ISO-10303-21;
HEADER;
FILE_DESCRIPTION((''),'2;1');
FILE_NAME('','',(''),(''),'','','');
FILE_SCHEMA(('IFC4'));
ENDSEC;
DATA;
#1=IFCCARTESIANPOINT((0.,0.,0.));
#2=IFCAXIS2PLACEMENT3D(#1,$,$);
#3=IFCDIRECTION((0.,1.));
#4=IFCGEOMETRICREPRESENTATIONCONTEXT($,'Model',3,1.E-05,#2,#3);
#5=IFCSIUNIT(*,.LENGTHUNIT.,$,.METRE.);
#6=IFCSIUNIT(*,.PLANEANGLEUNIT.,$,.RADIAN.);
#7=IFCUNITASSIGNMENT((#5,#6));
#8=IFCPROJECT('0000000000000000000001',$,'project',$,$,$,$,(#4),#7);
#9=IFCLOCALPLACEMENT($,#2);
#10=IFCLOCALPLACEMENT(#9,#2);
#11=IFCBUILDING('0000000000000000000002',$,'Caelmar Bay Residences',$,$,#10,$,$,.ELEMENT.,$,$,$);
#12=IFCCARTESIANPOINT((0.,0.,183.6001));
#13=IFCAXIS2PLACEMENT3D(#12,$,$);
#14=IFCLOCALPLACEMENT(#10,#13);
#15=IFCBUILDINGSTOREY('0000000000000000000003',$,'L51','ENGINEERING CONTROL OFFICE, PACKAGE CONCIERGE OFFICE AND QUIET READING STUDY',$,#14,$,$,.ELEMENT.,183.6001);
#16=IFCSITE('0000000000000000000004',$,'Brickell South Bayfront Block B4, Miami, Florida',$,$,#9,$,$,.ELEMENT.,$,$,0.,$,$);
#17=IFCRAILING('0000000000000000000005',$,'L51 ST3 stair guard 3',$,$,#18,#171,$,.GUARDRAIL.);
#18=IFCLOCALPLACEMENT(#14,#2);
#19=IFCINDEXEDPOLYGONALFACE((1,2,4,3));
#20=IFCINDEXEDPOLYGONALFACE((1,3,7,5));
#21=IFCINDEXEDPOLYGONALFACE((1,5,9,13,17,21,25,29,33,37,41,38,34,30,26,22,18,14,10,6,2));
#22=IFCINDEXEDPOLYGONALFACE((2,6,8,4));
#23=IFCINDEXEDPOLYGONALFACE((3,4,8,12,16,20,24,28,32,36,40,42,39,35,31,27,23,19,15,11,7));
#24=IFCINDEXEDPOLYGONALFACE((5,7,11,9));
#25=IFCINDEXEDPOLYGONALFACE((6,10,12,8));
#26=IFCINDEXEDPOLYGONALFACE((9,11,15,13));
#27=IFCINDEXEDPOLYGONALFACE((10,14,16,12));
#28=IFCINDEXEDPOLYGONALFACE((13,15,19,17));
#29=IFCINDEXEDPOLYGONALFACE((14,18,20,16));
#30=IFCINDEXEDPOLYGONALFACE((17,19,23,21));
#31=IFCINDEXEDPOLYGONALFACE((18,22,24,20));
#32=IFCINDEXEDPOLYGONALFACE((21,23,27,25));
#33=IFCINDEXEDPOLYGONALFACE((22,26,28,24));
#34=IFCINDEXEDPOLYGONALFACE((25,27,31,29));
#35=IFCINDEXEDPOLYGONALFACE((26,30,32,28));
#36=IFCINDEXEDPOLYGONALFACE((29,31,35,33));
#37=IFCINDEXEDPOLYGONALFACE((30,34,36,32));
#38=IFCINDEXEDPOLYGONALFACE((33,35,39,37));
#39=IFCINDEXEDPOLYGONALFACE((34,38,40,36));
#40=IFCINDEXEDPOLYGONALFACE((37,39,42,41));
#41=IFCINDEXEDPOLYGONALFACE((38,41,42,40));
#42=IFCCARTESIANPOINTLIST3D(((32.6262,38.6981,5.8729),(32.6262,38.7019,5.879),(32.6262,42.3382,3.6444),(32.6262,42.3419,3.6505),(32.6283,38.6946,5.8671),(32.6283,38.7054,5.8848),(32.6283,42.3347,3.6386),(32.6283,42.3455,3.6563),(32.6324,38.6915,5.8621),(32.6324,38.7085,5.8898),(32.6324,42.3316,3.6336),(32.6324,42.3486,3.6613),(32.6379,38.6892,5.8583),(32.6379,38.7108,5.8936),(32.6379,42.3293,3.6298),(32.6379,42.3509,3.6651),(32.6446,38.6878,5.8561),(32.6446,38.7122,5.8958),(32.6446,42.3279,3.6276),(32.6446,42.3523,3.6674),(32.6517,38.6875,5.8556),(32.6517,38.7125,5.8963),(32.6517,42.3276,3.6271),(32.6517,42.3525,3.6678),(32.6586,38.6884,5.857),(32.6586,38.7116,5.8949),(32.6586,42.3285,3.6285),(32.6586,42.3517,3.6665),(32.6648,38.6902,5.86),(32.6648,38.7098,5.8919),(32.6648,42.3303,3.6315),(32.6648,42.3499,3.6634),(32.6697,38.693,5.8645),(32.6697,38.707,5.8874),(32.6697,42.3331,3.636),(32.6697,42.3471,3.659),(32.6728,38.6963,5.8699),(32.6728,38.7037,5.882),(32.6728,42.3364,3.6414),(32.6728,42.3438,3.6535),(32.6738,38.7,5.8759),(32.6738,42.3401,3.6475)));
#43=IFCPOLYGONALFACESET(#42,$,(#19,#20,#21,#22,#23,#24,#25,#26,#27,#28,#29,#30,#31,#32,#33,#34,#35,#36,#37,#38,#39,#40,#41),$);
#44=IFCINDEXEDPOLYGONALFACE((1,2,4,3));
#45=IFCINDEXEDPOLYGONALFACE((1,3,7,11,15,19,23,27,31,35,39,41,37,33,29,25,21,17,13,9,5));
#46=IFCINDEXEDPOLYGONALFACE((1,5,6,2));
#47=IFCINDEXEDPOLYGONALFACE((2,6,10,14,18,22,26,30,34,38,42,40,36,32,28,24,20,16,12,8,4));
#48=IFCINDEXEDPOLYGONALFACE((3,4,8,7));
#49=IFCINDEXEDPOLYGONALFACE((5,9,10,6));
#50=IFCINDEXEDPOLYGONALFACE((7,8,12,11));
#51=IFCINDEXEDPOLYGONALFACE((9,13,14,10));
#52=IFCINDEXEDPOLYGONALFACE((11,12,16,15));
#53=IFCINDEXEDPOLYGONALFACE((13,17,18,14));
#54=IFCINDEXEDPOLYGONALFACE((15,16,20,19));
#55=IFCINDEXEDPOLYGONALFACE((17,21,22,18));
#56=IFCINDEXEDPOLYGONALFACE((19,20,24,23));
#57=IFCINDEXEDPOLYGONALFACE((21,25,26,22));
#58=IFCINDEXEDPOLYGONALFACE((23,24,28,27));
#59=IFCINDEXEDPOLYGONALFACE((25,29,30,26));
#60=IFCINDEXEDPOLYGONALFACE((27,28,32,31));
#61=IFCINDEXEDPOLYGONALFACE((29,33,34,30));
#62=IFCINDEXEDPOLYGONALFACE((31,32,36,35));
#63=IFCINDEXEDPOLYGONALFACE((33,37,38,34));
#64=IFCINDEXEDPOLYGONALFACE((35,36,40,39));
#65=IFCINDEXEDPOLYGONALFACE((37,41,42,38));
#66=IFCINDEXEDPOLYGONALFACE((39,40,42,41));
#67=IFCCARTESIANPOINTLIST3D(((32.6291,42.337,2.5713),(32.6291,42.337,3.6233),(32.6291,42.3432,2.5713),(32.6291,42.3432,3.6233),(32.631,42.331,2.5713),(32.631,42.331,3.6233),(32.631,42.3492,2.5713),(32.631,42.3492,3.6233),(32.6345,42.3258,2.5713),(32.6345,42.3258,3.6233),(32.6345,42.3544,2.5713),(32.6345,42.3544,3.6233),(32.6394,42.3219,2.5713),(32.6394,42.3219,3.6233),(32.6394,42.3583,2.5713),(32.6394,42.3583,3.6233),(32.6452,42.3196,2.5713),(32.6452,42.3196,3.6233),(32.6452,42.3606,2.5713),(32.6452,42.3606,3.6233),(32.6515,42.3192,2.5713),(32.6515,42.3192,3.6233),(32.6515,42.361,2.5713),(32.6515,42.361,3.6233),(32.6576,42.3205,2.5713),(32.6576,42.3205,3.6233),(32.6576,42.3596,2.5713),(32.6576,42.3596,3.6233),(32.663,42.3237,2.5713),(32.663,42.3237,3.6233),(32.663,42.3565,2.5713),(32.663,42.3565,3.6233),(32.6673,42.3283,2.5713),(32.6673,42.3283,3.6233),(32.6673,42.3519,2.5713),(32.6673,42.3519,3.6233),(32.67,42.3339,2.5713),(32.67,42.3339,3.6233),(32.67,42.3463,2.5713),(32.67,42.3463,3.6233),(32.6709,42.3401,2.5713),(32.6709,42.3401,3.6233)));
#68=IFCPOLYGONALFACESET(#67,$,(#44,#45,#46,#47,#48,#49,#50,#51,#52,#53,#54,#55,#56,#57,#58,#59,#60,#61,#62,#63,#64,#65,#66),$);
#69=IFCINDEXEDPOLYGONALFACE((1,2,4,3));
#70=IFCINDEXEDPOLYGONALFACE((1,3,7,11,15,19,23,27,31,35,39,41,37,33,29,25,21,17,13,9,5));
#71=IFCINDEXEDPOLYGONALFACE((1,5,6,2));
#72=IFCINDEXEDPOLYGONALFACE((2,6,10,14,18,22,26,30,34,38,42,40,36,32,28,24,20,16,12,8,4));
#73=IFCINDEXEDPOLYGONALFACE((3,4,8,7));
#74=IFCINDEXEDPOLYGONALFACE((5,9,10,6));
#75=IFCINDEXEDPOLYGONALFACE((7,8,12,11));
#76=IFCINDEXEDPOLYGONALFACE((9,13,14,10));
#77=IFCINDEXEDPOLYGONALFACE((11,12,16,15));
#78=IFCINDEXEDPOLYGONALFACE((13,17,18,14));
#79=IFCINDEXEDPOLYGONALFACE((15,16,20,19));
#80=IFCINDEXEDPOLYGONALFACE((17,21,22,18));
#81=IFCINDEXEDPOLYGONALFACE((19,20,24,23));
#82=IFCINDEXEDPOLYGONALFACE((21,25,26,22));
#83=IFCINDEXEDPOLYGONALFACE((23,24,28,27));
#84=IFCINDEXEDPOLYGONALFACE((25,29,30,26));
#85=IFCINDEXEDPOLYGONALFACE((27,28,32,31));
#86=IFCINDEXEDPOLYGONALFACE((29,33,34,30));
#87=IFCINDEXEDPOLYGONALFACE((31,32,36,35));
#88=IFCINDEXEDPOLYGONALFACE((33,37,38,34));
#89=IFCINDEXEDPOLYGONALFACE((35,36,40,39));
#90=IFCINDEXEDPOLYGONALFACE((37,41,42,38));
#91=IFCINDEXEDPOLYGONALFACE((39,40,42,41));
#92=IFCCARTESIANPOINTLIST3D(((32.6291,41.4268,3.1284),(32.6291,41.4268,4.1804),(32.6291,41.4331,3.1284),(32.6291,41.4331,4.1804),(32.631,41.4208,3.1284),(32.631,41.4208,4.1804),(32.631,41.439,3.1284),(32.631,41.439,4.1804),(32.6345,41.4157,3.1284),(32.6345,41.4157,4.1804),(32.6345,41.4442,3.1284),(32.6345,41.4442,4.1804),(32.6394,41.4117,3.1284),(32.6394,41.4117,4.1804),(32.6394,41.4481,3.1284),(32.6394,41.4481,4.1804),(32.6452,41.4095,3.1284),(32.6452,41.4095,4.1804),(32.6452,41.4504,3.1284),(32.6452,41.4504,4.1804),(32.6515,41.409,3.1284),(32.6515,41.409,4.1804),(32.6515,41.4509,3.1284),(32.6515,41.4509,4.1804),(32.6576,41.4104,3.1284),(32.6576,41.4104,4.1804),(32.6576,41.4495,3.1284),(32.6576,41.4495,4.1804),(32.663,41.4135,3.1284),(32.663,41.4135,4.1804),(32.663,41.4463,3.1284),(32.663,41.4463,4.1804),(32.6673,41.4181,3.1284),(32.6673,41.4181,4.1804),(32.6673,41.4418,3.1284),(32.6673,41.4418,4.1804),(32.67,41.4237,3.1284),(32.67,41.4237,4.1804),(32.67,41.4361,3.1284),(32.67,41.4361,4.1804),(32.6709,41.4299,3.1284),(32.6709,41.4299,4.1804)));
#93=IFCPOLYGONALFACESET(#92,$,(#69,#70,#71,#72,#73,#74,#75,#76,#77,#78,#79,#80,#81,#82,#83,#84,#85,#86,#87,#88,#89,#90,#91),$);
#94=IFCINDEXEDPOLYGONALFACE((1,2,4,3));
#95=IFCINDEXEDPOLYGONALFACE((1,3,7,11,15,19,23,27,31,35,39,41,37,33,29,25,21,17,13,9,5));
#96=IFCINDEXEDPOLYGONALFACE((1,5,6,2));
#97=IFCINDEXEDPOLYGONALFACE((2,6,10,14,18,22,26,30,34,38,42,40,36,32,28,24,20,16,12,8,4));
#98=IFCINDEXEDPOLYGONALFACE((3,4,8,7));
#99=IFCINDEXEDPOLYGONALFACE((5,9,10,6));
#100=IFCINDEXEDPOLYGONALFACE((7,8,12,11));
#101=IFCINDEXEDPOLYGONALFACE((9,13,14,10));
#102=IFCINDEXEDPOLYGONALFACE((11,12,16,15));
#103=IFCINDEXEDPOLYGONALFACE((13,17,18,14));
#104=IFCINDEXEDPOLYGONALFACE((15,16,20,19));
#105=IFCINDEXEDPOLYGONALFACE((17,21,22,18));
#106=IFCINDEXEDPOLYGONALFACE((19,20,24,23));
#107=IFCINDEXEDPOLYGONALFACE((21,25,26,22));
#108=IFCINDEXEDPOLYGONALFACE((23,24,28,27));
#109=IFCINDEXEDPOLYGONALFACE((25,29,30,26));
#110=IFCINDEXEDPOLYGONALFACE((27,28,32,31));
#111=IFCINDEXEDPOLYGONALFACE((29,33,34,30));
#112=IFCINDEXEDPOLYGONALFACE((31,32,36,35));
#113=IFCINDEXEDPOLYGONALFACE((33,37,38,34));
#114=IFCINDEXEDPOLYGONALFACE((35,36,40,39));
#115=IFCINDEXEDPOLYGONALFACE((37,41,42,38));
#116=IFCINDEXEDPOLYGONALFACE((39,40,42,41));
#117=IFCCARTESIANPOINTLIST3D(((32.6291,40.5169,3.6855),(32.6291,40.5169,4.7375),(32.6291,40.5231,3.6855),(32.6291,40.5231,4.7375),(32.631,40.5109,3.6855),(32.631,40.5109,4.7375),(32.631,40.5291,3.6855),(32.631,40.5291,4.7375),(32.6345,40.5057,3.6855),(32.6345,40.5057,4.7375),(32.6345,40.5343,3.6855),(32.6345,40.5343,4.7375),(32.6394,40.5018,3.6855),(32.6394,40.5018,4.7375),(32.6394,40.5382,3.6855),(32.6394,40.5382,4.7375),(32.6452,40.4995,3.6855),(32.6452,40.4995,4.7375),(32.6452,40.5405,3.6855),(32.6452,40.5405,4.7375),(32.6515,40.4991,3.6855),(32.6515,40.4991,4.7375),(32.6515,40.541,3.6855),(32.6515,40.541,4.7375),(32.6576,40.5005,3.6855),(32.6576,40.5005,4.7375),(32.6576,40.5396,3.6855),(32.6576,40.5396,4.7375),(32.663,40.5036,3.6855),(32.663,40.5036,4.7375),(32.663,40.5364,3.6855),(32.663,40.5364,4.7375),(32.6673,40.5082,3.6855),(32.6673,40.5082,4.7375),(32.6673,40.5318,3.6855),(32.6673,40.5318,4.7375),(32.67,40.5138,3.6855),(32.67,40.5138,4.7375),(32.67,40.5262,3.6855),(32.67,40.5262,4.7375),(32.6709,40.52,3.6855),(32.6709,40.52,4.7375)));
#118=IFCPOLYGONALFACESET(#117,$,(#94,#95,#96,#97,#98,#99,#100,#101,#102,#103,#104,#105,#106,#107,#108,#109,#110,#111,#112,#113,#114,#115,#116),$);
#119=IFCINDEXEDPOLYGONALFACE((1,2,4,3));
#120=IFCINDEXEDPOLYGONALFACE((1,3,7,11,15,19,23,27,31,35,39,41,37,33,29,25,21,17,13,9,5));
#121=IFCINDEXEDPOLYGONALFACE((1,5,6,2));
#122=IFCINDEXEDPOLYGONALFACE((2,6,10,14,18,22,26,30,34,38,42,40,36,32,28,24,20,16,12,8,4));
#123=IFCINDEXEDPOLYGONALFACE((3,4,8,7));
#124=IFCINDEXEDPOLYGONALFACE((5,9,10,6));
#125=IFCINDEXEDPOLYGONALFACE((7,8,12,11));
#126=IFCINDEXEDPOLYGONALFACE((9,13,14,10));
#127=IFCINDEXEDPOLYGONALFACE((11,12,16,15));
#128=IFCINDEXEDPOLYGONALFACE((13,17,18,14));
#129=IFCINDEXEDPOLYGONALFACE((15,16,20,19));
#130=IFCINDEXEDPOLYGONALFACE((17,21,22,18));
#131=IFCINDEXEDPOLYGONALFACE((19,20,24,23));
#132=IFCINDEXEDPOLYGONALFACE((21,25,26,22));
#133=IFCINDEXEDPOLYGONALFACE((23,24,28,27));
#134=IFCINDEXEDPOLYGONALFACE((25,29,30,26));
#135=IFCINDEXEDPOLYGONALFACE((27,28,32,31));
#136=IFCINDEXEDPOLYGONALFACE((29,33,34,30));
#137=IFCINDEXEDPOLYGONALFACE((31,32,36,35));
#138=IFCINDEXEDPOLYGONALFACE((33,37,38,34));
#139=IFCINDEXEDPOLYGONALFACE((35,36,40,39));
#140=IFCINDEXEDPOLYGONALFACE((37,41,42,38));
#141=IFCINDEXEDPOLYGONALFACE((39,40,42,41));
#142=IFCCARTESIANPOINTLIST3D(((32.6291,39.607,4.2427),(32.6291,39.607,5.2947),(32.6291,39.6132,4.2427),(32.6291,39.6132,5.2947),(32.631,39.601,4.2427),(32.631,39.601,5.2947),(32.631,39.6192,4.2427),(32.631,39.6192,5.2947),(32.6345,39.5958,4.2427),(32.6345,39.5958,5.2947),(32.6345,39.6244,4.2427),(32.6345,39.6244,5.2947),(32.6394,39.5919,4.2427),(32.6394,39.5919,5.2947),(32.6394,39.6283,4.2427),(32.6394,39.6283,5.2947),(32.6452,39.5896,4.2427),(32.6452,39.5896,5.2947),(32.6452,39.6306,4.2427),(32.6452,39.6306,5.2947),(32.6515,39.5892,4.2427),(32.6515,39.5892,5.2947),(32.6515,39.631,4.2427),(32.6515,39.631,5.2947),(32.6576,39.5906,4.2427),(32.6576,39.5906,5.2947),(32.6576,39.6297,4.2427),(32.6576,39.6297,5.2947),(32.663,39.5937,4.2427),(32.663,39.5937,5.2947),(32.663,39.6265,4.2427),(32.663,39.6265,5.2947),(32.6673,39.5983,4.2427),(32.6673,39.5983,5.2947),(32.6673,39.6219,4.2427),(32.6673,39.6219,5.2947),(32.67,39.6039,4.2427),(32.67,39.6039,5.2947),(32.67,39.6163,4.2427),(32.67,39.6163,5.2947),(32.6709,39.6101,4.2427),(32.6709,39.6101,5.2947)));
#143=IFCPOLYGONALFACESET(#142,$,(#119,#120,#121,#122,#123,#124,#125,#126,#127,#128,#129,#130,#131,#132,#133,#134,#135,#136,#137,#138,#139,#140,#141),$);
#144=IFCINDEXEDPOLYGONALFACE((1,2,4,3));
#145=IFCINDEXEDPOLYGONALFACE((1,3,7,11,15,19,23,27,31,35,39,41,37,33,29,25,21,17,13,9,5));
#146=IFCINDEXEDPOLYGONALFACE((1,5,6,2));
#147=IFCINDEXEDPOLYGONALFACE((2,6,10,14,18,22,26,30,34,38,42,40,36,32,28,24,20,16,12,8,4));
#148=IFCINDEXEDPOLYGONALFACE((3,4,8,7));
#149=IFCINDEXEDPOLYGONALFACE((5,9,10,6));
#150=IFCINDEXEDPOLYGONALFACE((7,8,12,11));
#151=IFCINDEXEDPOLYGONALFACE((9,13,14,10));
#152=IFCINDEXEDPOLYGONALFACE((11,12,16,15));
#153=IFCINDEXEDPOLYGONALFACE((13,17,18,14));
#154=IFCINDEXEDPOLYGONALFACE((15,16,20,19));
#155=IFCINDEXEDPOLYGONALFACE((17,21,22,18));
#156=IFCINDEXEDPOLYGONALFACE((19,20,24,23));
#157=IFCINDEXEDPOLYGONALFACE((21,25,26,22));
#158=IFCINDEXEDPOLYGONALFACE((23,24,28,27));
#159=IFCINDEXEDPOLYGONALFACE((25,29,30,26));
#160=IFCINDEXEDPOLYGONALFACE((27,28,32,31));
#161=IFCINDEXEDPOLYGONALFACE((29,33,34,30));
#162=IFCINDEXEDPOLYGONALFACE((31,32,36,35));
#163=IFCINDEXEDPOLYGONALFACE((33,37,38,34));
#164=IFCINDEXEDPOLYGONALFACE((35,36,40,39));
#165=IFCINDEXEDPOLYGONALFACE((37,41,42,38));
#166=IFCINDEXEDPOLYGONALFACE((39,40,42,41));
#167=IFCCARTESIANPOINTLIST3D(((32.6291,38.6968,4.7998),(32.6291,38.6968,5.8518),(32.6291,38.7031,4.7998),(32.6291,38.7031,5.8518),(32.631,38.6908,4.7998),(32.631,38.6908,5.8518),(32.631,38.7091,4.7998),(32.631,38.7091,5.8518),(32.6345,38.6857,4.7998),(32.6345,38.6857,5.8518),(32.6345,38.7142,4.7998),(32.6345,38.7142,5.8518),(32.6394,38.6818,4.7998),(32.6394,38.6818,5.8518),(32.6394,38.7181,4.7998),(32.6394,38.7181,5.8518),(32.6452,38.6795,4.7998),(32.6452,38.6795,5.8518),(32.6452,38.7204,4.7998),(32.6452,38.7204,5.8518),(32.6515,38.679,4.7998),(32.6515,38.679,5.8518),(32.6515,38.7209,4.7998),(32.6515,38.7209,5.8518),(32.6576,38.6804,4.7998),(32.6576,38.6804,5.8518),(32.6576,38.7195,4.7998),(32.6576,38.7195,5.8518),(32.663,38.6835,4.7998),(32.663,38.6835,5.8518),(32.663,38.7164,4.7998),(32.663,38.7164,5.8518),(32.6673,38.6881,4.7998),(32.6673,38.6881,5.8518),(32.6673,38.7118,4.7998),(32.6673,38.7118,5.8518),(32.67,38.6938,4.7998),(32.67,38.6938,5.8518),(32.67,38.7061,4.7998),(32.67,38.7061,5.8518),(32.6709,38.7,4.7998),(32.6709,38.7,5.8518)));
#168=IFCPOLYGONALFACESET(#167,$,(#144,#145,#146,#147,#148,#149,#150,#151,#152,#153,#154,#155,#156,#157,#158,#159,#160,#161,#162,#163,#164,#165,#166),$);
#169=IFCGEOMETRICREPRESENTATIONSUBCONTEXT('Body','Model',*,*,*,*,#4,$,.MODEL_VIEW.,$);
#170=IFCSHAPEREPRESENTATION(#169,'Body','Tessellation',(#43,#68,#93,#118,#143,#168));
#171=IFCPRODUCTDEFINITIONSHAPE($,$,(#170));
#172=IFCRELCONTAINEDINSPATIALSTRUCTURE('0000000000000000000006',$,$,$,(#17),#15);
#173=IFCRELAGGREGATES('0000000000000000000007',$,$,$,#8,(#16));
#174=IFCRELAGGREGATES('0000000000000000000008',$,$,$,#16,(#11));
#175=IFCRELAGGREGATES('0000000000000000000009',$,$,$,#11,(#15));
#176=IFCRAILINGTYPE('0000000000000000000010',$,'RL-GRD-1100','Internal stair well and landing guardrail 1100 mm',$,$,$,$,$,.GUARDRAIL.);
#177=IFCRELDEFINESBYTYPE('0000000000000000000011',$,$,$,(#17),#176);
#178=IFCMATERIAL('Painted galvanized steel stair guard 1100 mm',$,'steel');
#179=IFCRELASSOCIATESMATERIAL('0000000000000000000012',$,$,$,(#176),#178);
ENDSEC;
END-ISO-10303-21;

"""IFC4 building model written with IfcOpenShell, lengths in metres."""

from ifc_helpers import new_model, si_unit, direction, frame, origin, origin_2d, place, context, subcontext, project, spatial, circle, extrude, material, type_object, element, save


model = new_model("IFC4")

# Units and contexts
model_context = context("Model", 3, precision=1e-05, world=origin(), true_north=direction((0.0, 1.0)))
body_context = subcontext(model_context, "Body", "Model", "MODEL_VIEW")
ifc_project = project(units=[si_unit("LENGTHUNIT", "METRE"), si_unit("PLANEANGLEUNIT", "RADIAN")], contexts=[model_context])

# Site, building, storey
site_placement = place(None, origin())
site = spatial("IfcSite", under=ifc_project, at=site_placement, Name="Brickell South Bayfront Block B4, Miami, Florida", CompositionType="ELEMENT", RefElevation=0.0)
building_placement = place(site_placement, origin())
building = spatial("IfcBuilding", under=site, at=building_placement, Name="Caelmar Bay Residences", CompositionType="ELEMENT")
storey_placement = place(building_placement, frame((0.0, 0.0, 183.6001)))
storey = spatial("IfcBuildingStorey", under=building, at=storey_placement, Name="L51", Description="ENGINEERING CONTROL OFFICE, PACKAGE CONCIERGE OFFICE AND QUIET READING STUDY", CompositionType="ELEMENT", Elevation=183.6001)

# Railing
ifc_material_1 = material(Name="Painted galvanized steel stair guard 1100 mm", Category="steel")
railing_type_1 = type_object("IfcRailingType", Name="RL-GRD-1100", Description="Internal stair well and landing guardrail 1100 mm", PredefinedType="GUARDRAIL", material=ifc_material_1)
railing_1_placement = place(storey_placement, frame((32.6499, 42.3401, 2.5713)))
element("IfcRailing", 1, at=railing_1_placement, inside=storey, type_object=railing_type_1, Name="L51 ST3 stair guard 3", PredefinedType="GUARDRAIL", context=body_context, shape_type="SweptSolid", body=[
    extrude(circle(Radius=0.0239, at=origin_2d()), frame((0.0, 0.0, 1.0762), z_axis=(0.0, -0.852866, 0.52213), x_axis=(1.0, 0.0, 0.0)), (0.0, 0.0, 1.0), 4.2681),
    extrude(circle(Radius=0.021, at=origin_2d()), origin(), (0.0, 0.0, 1.0), 1.052),
    extrude(circle(Radius=0.021, at=origin_2d()), frame((0.0, -0.9102, 0.5571)), (0.0, 0.0, 1.0), 1.052),
    extrude(circle(Radius=0.021, at=origin_2d()), frame((0.0, -1.8201, 1.1143)), (0.0, 0.0, 1.0), 1.052),
    extrude(circle(Radius=0.021, at=origin_2d()), frame((0.0, -2.73, 1.6714)), (0.0, 0.0, 1.0), 1.052),
    extrude(circle(Radius=0.021, at=origin_2d()), frame((0.0, -3.6401, 2.2285)), (0.0, 0.0, 1.0), 1.052),
])

save(model, "model.ifc")
